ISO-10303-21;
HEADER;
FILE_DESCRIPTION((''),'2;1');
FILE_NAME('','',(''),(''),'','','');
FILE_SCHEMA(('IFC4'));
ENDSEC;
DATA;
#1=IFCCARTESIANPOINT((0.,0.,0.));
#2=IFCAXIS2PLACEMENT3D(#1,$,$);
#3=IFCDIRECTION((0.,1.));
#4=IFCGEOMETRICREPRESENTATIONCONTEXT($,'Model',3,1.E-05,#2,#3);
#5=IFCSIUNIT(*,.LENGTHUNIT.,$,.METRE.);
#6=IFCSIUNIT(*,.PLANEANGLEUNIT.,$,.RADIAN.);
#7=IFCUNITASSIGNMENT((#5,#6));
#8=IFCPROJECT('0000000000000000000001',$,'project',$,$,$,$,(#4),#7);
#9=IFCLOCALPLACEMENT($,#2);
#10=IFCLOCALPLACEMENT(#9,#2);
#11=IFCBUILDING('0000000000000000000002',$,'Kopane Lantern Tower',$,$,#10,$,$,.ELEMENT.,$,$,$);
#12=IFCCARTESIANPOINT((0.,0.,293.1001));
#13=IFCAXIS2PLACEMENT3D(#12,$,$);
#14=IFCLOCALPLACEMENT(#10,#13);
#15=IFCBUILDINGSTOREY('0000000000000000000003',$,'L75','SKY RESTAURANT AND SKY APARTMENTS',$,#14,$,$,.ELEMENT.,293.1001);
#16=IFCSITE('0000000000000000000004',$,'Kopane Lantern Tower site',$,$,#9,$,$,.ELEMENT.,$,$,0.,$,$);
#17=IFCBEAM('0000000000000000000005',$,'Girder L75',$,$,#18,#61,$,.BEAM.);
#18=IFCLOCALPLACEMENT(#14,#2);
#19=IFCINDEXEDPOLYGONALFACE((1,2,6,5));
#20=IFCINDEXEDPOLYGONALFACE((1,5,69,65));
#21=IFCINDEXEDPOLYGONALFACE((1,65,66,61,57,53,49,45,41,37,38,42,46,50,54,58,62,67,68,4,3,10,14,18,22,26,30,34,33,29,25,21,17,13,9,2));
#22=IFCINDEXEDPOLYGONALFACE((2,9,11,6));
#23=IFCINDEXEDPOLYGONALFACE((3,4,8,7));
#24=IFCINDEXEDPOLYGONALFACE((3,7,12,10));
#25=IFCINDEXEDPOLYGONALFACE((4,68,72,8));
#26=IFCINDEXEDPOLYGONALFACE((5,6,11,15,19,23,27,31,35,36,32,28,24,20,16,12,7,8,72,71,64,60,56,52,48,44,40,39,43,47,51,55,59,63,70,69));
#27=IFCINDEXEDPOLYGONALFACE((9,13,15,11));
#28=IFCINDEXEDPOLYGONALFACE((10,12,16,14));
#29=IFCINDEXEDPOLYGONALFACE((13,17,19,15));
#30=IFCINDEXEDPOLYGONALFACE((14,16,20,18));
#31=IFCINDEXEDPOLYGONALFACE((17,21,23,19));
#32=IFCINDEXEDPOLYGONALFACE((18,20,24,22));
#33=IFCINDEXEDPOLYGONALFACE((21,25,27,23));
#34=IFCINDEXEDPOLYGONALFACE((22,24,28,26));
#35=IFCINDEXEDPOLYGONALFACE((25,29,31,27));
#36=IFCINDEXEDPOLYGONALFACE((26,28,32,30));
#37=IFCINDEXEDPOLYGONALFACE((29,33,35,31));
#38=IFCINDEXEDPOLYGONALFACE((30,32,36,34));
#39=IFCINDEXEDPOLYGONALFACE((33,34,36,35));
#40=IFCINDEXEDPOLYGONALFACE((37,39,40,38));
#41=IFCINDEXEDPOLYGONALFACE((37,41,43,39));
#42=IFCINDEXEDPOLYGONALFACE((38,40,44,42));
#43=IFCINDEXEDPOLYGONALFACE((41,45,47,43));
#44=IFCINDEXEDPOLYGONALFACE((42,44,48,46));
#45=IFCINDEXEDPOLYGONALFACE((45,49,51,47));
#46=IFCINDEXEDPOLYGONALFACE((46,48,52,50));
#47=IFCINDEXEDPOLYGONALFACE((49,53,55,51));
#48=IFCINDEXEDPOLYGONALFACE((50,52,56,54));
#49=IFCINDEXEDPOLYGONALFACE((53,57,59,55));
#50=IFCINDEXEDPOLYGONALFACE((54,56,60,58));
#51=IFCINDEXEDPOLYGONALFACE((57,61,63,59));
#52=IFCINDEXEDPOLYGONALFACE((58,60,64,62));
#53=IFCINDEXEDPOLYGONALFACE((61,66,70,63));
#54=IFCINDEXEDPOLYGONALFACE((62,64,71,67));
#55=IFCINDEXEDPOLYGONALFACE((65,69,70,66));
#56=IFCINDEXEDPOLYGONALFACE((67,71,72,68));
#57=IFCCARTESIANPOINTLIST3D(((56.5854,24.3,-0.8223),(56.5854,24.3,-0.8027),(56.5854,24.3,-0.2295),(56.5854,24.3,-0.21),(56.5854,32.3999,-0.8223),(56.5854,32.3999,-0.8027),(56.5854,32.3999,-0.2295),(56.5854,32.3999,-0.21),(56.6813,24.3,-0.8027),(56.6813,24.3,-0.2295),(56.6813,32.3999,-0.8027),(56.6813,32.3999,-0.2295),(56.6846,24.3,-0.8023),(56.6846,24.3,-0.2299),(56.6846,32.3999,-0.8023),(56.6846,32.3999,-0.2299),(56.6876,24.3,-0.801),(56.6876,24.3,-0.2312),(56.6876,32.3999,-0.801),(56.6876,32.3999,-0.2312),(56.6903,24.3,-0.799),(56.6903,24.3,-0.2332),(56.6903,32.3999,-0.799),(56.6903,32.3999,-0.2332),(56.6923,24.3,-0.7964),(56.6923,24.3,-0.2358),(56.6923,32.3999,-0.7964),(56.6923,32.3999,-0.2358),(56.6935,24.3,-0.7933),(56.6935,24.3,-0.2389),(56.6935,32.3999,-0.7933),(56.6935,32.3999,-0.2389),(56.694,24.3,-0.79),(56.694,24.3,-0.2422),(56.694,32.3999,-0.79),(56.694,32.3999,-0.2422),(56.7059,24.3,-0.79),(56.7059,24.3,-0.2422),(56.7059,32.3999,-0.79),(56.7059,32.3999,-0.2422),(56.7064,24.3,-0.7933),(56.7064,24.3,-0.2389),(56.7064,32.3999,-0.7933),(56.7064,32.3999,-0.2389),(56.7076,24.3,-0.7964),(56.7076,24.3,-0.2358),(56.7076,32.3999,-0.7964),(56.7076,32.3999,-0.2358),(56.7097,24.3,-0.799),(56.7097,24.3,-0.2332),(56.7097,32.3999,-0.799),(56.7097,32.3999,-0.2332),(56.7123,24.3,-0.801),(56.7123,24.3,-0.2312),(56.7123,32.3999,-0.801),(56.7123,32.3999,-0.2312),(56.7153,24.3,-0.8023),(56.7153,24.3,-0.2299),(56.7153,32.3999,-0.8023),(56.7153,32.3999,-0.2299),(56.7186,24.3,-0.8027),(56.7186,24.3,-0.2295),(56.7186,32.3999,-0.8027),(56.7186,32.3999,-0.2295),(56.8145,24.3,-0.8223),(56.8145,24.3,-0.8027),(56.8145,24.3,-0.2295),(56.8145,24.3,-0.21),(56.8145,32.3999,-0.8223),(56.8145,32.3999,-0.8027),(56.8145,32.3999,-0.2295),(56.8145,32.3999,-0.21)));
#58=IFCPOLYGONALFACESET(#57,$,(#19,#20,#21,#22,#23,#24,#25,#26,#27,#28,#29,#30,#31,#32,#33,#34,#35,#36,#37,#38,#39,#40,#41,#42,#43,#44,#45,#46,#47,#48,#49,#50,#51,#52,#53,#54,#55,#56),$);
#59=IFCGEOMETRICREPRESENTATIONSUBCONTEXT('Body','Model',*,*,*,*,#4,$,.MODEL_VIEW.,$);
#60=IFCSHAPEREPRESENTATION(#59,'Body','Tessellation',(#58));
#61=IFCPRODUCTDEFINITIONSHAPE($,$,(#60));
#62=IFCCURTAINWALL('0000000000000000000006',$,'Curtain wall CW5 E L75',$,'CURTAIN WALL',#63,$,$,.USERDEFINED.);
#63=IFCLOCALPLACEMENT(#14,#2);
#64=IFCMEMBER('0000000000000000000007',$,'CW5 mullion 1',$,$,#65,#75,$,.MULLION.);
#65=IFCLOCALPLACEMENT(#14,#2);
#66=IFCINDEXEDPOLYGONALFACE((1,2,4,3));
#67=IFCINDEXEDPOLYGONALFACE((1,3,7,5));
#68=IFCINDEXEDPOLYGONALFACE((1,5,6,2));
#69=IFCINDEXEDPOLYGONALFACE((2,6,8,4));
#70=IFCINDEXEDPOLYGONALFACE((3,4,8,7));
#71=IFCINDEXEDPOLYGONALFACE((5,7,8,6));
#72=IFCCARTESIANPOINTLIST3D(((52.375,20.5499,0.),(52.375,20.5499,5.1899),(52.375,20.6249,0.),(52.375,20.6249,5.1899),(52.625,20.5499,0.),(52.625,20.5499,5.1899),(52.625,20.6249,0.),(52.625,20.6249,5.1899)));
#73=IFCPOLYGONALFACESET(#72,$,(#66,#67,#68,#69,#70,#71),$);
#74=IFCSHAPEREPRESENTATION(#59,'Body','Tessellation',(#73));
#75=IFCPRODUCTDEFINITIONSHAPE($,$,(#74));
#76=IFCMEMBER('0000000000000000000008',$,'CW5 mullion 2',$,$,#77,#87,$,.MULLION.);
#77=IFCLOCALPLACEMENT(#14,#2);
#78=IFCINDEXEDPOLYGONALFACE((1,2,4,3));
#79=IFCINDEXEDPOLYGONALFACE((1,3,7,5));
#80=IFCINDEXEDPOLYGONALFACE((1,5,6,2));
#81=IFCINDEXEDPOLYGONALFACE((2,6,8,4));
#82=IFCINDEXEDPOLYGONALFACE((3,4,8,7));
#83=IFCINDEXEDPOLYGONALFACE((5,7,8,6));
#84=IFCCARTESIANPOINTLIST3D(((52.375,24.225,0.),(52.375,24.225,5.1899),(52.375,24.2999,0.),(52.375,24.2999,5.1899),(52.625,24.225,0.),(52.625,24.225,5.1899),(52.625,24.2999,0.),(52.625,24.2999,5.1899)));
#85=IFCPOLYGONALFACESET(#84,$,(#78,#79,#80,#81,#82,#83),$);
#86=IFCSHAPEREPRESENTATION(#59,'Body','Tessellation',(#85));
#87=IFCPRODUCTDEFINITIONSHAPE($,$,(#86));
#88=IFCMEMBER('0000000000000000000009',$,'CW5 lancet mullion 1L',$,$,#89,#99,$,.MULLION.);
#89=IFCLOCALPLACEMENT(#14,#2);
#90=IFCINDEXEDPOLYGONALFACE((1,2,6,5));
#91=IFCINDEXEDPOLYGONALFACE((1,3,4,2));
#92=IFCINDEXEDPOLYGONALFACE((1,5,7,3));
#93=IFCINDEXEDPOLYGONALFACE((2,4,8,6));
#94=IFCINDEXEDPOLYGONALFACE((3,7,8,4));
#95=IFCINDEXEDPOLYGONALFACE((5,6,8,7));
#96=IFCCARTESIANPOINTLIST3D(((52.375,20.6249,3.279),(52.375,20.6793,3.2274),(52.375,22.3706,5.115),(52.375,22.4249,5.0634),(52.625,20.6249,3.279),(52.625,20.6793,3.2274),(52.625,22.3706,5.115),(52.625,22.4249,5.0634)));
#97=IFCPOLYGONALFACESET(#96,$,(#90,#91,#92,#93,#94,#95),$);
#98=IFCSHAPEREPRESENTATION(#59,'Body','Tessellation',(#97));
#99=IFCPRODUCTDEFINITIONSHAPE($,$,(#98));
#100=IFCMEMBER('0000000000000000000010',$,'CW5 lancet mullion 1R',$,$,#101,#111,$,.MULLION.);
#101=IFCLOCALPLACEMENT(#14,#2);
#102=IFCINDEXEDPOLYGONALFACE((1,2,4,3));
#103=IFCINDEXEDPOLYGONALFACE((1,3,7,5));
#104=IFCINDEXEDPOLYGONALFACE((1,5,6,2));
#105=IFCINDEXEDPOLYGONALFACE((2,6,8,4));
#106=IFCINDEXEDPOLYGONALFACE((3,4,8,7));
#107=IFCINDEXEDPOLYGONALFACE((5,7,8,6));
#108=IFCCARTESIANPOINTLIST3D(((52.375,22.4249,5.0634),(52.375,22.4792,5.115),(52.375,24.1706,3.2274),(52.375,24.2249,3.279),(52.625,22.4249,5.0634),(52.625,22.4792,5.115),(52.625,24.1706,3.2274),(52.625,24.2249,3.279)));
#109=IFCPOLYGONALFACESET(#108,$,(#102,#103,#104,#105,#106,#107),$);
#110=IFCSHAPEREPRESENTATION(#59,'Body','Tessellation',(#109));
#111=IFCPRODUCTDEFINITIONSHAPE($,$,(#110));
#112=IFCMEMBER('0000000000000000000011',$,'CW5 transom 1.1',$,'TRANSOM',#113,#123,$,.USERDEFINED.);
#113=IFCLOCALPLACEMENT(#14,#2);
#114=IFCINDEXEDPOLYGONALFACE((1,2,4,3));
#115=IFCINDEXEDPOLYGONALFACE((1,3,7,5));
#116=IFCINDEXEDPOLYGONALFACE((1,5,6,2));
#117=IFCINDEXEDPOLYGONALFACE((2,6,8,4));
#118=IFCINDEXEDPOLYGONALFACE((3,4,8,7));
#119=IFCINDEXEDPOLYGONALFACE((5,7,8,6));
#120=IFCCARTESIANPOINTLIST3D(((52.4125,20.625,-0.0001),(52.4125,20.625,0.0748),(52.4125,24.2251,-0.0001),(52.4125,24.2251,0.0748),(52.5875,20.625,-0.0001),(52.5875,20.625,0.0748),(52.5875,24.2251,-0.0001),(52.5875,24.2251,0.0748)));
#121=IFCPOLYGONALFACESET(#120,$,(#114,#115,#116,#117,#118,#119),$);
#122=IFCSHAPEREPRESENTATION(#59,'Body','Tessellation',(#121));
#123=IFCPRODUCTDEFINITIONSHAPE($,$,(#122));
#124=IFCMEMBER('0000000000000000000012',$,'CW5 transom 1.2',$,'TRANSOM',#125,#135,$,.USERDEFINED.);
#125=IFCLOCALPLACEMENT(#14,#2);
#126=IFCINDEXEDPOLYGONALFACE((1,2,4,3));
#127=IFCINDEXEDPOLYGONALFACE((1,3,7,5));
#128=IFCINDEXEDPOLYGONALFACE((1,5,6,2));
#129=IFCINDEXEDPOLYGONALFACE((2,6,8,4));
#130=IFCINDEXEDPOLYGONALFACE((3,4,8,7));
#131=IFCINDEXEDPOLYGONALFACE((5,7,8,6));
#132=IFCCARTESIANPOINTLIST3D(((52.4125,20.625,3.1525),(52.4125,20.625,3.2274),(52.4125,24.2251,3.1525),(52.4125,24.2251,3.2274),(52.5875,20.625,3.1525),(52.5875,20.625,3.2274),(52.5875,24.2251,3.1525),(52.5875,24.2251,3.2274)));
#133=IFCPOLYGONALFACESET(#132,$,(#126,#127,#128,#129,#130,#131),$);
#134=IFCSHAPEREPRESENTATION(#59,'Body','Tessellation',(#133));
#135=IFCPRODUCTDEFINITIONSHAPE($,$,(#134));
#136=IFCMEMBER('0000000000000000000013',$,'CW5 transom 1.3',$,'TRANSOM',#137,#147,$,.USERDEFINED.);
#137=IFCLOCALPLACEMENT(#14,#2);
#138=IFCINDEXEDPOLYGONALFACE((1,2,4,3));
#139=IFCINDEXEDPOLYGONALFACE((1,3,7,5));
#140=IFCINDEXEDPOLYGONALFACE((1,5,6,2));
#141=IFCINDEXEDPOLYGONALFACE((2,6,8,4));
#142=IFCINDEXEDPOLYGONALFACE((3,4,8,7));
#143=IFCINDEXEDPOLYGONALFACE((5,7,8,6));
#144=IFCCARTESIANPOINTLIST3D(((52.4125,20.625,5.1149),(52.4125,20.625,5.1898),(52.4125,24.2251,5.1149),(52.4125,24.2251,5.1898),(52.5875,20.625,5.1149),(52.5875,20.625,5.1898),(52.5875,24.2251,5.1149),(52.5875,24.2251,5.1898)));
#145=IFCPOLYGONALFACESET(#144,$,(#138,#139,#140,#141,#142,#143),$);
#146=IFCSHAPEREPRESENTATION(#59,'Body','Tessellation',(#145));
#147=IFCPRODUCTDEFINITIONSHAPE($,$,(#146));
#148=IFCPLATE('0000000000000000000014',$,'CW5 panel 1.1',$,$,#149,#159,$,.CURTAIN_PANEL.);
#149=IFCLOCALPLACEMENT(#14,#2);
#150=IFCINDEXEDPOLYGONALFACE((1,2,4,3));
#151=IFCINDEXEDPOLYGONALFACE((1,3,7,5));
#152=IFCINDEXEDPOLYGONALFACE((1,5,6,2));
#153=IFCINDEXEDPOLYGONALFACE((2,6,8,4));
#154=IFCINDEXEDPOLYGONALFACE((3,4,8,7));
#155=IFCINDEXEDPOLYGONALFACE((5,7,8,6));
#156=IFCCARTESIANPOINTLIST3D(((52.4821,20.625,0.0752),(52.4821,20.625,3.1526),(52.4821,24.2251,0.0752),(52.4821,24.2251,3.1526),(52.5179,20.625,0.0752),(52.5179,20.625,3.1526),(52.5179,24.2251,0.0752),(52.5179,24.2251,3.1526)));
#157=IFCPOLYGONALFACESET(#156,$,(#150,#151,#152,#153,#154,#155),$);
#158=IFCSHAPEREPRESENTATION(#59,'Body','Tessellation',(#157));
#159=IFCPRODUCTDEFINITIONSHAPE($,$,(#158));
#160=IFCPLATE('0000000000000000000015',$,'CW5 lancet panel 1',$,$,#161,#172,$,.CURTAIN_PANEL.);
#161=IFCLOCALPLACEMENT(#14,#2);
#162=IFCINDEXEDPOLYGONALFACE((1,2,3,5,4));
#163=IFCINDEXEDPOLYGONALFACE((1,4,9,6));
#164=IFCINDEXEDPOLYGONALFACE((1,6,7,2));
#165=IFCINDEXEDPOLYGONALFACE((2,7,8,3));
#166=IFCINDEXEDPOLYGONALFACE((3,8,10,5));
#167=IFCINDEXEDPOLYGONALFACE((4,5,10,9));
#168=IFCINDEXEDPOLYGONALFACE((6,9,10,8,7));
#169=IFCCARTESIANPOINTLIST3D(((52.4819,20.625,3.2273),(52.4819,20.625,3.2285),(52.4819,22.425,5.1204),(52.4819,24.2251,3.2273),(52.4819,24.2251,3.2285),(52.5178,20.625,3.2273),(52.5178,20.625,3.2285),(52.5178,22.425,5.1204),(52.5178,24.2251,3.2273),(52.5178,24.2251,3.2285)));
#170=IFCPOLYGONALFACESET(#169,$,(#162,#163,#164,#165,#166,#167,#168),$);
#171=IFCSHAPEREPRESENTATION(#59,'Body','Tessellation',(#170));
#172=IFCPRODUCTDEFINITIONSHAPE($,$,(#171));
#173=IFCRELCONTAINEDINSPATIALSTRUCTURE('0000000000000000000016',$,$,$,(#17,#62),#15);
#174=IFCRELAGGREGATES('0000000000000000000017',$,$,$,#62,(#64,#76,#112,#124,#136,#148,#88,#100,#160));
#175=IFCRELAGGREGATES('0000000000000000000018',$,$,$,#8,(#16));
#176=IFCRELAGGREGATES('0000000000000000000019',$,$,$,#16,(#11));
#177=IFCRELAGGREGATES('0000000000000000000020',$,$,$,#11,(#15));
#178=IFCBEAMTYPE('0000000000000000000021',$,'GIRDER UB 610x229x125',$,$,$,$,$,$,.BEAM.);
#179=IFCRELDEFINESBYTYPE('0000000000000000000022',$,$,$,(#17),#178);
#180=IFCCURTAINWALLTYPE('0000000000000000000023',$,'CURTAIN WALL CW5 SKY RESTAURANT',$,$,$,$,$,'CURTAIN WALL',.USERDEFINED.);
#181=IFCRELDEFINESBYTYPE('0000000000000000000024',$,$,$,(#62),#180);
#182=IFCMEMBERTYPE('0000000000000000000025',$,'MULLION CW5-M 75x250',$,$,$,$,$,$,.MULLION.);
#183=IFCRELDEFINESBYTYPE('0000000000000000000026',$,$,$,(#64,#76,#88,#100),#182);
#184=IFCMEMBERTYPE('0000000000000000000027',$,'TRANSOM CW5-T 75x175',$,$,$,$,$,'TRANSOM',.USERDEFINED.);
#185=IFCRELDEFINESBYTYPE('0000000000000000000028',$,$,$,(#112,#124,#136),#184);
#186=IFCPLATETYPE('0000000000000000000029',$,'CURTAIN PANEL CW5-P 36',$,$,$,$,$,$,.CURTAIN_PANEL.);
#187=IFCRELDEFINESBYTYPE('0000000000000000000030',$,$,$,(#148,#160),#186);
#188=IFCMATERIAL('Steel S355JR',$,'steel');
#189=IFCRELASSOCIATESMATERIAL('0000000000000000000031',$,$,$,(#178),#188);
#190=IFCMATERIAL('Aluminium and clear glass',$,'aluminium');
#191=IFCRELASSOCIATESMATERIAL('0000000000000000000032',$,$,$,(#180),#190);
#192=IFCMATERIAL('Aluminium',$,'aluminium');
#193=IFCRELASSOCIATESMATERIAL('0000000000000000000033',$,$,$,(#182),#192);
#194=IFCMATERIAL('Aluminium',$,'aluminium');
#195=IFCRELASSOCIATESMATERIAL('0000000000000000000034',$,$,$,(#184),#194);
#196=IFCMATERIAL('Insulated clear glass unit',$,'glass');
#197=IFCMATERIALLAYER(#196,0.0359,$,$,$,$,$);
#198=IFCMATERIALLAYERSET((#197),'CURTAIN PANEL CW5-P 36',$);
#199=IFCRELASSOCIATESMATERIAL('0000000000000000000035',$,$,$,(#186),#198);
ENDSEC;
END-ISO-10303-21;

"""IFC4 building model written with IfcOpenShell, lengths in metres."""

from ifc_helpers import new_model, si_unit, direction, frame, origin, origin_2d, place, context, subcontext, project, spatial, polyline, rectangle, i_section, outline, extrude, material, layer, layer_set, material_profile, profile_set, type_object, element, aggregate, save


model = new_model("IFC4")

# Units and contexts
model_context = context("Model", 3, precision=1e-05, world=origin(), true_north=direction((0.0, 1.0)))
body_context = subcontext(model_context, "Body", "Model", "MODEL_VIEW")
ifc_project = project(units=[si_unit("LENGTHUNIT", "METRE"), si_unit("PLANEANGLEUNIT", "RADIAN")], contexts=[model_context])

# Site, building, storey
site_placement = place(None, origin())
site = spatial("IfcSite", under=ifc_project, at=site_placement, Name="Kopane Lantern Tower site", CompositionType="ELEMENT", RefElevation=0.0)
building_placement = place(site_placement, origin())
building = spatial("IfcBuilding", under=site, at=building_placement, Name="Kopane Lantern Tower", CompositionType="ELEMENT")
storey_placement = place(building_placement, frame((0.0, 0.0, 293.1001)))
storey = spatial("IfcBuildingStorey", under=building, at=storey_placement, Name="L75", Description="SKY RESTAURANT AND SKY APARTMENTS", CompositionType="ELEMENT", Elevation=293.1001)

# Beam
ifc_material_1 = material(Name="Steel S355JR", Category="steel")
ifc_material_profile_1 = material_profile(ifc_material_1, i_section(OverallWidth=0.229, OverallDepth=0.6123, WebThickness=0.012, FlangeThickness=0.0195, FilletRadius=0.0127, at=origin_2d()), Name="UB 610x229x125")
ifc_profile_set_1 = profile_set([ifc_material_profile_1], Name="Steel S355JR")
beam_type_1 = type_object("IfcBeamType", Name="GIRDER UB 610x229x125", PredefinedType="BEAM", material=ifc_profile_set_1)
beam_placement = place(storey_placement, frame((56.7, 24.3, -0.5161), z_axis=(0.0, 1.0, 0.0), x_axis=(-1.0, 0.0, 0.0)))
element("IfcBeam", 1, at=beam_placement, inside=storey, type_object=beam_type_1, Name="Girder L75", PredefinedType="BEAM", context=body_context, shape_type="SweptSolid", body=[
    extrude(i_section(OverallWidth=0.229, OverallDepth=0.6123, WebThickness=0.012, FlangeThickness=0.0195, FilletRadius=0.0127, at=origin_2d()), origin(), (0.0, 0.0, 1.0), 8.0999),
])

# Curtain wall, members, plates
ifc_material_2 = material(Name="Aluminium and clear glass", Category="aluminium")
curtain_wall_type = type_object("IfcCurtainWallType", Name="CURTAIN WALL CW5 SKY RESTAURANT", ElementType="CURTAIN WALL", PredefinedType="USERDEFINED", material=ifc_material_2)
curtain_wall_placement = place(storey_placement, origin())
curtain_wall = element("IfcCurtainWall", 2, at=curtain_wall_placement, inside=storey, type_object=curtain_wall_type, Name="Curtain wall CW5 E L75", ObjectType="CURTAIN WALL", PredefinedType="USERDEFINED")
ifc_material_3 = material(Name="Aluminium", Category="aluminium")
ifc_material_profile_2 = material_profile(ifc_material_3, rectangle(XDim=0.075, YDim=0.25, at=origin_2d()), Name="AL 75x250")
ifc_profile_set_2 = profile_set([ifc_material_profile_2], Name="Aluminium")
member_type_1 = type_object("IfcMemberType", Name="MULLION CW5-M 75x250", PredefinedType="MULLION", material=ifc_profile_set_2)
member_1_placement = place(storey_placement, frame((52.5, 20.5874, 0.0), z_axis=(0.0, 0.0, 1.0), x_axis=(0.0, 1.0, 0.0)))
member_1 = element("IfcMember", 3, at=member_1_placement, type_object=member_type_1, Name="CW5 mullion 1", PredefinedType="MULLION", context=body_context, shape_type="SweptSolid", body=[
    extrude(rectangle(XDim=0.075, YDim=0.25, at=origin_2d()), origin(), (0.0, 0.0, 1.0), 5.1899),
])
member_2_placement = place(storey_placement, frame((52.5, 24.2625, 0.0), z_axis=(0.0, 0.0, 1.0), x_axis=(0.0, 1.0, 0.0)))
member_2 = element("IfcMember", 4, at=member_2_placement, type_object=member_type_1, Name="CW5 mullion 2", PredefinedType="MULLION", context=body_context, shape_type="SweptSolid", body=[
    extrude(rectangle(XDim=0.075, YDim=0.25, at=origin_2d()), origin(), (0.0, 0.0, 1.0), 5.1899),
])
member_3_placement = place(storey_placement, frame((52.5, 20.6521, 3.2532), z_axis=(0.0, 0.689053, 0.724711), x_axis=(0.0, -0.724711, 0.689053)))
member_3 = element("IfcMember", 5, at=member_3_placement, type_object=member_type_1, Name="CW5 lancet mullion 1L", PredefinedType="MULLION", context=body_context, shape_type="SweptSolid", body=[
    extrude(rectangle(XDim=0.075, YDim=0.25, at=origin_2d()), origin(), (0.0, 0.0, 1.0), 2.5334),
])
member_4_placement = place(storey_placement, frame((52.5, 24.1978, 3.2532), z_axis=(0.0, -0.689053, 0.724711), x_axis=(0.0, 0.724711, 0.689053)))
member_4 = element("IfcMember", 6, at=member_4_placement, type_object=member_type_1, Name="CW5 lancet mullion 1R", PredefinedType="MULLION", context=body_context, shape_type="SweptSolid", body=[
    extrude(rectangle(XDim=0.075, YDim=0.25, at=origin_2d()), origin(), (0.0, 0.0, 1.0), 2.5334),
])
ifc_material_4 = material(Name="Aluminium", Category="aluminium")
ifc_material_profile_3 = material_profile(ifc_material_4, rectangle(XDim=0.175, YDim=0.075, at=origin_2d()), Name="AL 175x75")
ifc_profile_set_3 = profile_set([ifc_material_profile_3], Name="Aluminium")
member_type_2 = type_object("IfcMemberType", Name="TRANSOM CW5-T 75x175", ElementType="TRANSOM", PredefinedType="USERDEFINED", material=ifc_profile_set_3)
member_5_placement = place(storey_placement, frame((52.5, 20.625, 0.0374), z_axis=(0.0, 1.0, 0.0), x_axis=(-1.0, 0.0, 0.0)))
member_5 = element("IfcMember", 7, at=member_5_placement, type_object=member_type_2, Name="CW5 transom 1.1", ObjectType="TRANSOM", PredefinedType="USERDEFINED", context=body_context, shape_type="SweptSolid", body=[
    extrude(rectangle(XDim=0.175, YDim=0.075, at=origin_2d()), origin(), (0.0, 0.0, 1.0), 3.6001),
])
member_6_placement = place(storey_placement, frame((52.5, 20.625, 3.1899), z_axis=(0.0, 1.0, 0.0), x_axis=(-1.0, 0.0, 0.0)))
member_6 = element("IfcMember", 8, at=member_6_placement, type_object=member_type_2, Name="CW5 transom 1.2", ObjectType="TRANSOM", PredefinedType="USERDEFINED", context=body_context, shape_type="SweptSolid", body=[
    extrude(rectangle(XDim=0.175, YDim=0.075, at=origin_2d()), origin(), (0.0, 0.0, 1.0), 3.6001),
])
member_7_placement = place(storey_placement, frame((52.5, 20.625, 5.1523), z_axis=(0.0, 1.0, 0.0), x_axis=(-1.0, 0.0, 0.0)))
member_7 = element("IfcMember", 9, at=member_7_placement, type_object=member_type_2, Name="CW5 transom 1.3", ObjectType="TRANSOM", PredefinedType="USERDEFINED", context=body_context, shape_type="SweptSolid", body=[
    extrude(rectangle(XDim=0.175, YDim=0.075, at=origin_2d()), origin(), (0.0, 0.0, 1.0), 3.6001),
])
ifc_material_5 = material(Name="Insulated clear glass unit", Category="glass")
ifc_layer = layer(ifc_material_5, 0.0359)
ifc_layer_set = layer_set([ifc_layer], Name="CURTAIN PANEL CW5-P 36")
plate_type = type_object("IfcPlateType", Name="CURTAIN PANEL CW5-P 36", PredefinedType="CURTAIN_PANEL", material=ifc_layer_set)
plate_1_placement = place(storey_placement, frame((52.5, 22.425, 0.0752), z_axis=(0.0, 0.0, 1.0), x_axis=(0.0, 1.0, 0.0)))
plate_1 = element("IfcPlate", 10, at=plate_1_placement, type_object=plate_type, Name="CW5 panel 1.1", PredefinedType="CURTAIN_PANEL", context=body_context, shape_type="SweptSolid", body=[
    extrude(rectangle(XDim=3.6001, YDim=0.0359, at=origin_2d()), origin(), (0.0, 0.0, 1.0), 3.0774),
])
plate_2_placement = place(storey_placement, frame((52.5, 20.625, 3.2273), z_axis=(0.0, 0.0, 1.0), x_axis=(0.0, 1.0, 0.0)))
plate_2 = element("IfcPlate", 11, at=plate_2_placement, type_object=plate_type, Name="CW5 lancet panel 1", PredefinedType="CURTAIN_PANEL", context=body_context, shape_type="SweptSolid", body=[
    extrude(outline(polyline([(0.0, 0.0), (3.6001, 0.0), (3.6001, 0.0012), (1.8, 1.8931), (0.0, 0.0012), (0.0, 0.0)])), frame((0.0, 0.0181, 0.0), z_axis=(0.0, -1.0, 0.0), x_axis=(1.0, 0.0, 0.0)), (0.0, 0.0, 1.0), 0.0359),
])
aggregate(curtain_wall, [member_1, member_2, member_5, member_6, member_7, plate_1, member_3, member_4, plate_2])

save(model, "model.ifc")
